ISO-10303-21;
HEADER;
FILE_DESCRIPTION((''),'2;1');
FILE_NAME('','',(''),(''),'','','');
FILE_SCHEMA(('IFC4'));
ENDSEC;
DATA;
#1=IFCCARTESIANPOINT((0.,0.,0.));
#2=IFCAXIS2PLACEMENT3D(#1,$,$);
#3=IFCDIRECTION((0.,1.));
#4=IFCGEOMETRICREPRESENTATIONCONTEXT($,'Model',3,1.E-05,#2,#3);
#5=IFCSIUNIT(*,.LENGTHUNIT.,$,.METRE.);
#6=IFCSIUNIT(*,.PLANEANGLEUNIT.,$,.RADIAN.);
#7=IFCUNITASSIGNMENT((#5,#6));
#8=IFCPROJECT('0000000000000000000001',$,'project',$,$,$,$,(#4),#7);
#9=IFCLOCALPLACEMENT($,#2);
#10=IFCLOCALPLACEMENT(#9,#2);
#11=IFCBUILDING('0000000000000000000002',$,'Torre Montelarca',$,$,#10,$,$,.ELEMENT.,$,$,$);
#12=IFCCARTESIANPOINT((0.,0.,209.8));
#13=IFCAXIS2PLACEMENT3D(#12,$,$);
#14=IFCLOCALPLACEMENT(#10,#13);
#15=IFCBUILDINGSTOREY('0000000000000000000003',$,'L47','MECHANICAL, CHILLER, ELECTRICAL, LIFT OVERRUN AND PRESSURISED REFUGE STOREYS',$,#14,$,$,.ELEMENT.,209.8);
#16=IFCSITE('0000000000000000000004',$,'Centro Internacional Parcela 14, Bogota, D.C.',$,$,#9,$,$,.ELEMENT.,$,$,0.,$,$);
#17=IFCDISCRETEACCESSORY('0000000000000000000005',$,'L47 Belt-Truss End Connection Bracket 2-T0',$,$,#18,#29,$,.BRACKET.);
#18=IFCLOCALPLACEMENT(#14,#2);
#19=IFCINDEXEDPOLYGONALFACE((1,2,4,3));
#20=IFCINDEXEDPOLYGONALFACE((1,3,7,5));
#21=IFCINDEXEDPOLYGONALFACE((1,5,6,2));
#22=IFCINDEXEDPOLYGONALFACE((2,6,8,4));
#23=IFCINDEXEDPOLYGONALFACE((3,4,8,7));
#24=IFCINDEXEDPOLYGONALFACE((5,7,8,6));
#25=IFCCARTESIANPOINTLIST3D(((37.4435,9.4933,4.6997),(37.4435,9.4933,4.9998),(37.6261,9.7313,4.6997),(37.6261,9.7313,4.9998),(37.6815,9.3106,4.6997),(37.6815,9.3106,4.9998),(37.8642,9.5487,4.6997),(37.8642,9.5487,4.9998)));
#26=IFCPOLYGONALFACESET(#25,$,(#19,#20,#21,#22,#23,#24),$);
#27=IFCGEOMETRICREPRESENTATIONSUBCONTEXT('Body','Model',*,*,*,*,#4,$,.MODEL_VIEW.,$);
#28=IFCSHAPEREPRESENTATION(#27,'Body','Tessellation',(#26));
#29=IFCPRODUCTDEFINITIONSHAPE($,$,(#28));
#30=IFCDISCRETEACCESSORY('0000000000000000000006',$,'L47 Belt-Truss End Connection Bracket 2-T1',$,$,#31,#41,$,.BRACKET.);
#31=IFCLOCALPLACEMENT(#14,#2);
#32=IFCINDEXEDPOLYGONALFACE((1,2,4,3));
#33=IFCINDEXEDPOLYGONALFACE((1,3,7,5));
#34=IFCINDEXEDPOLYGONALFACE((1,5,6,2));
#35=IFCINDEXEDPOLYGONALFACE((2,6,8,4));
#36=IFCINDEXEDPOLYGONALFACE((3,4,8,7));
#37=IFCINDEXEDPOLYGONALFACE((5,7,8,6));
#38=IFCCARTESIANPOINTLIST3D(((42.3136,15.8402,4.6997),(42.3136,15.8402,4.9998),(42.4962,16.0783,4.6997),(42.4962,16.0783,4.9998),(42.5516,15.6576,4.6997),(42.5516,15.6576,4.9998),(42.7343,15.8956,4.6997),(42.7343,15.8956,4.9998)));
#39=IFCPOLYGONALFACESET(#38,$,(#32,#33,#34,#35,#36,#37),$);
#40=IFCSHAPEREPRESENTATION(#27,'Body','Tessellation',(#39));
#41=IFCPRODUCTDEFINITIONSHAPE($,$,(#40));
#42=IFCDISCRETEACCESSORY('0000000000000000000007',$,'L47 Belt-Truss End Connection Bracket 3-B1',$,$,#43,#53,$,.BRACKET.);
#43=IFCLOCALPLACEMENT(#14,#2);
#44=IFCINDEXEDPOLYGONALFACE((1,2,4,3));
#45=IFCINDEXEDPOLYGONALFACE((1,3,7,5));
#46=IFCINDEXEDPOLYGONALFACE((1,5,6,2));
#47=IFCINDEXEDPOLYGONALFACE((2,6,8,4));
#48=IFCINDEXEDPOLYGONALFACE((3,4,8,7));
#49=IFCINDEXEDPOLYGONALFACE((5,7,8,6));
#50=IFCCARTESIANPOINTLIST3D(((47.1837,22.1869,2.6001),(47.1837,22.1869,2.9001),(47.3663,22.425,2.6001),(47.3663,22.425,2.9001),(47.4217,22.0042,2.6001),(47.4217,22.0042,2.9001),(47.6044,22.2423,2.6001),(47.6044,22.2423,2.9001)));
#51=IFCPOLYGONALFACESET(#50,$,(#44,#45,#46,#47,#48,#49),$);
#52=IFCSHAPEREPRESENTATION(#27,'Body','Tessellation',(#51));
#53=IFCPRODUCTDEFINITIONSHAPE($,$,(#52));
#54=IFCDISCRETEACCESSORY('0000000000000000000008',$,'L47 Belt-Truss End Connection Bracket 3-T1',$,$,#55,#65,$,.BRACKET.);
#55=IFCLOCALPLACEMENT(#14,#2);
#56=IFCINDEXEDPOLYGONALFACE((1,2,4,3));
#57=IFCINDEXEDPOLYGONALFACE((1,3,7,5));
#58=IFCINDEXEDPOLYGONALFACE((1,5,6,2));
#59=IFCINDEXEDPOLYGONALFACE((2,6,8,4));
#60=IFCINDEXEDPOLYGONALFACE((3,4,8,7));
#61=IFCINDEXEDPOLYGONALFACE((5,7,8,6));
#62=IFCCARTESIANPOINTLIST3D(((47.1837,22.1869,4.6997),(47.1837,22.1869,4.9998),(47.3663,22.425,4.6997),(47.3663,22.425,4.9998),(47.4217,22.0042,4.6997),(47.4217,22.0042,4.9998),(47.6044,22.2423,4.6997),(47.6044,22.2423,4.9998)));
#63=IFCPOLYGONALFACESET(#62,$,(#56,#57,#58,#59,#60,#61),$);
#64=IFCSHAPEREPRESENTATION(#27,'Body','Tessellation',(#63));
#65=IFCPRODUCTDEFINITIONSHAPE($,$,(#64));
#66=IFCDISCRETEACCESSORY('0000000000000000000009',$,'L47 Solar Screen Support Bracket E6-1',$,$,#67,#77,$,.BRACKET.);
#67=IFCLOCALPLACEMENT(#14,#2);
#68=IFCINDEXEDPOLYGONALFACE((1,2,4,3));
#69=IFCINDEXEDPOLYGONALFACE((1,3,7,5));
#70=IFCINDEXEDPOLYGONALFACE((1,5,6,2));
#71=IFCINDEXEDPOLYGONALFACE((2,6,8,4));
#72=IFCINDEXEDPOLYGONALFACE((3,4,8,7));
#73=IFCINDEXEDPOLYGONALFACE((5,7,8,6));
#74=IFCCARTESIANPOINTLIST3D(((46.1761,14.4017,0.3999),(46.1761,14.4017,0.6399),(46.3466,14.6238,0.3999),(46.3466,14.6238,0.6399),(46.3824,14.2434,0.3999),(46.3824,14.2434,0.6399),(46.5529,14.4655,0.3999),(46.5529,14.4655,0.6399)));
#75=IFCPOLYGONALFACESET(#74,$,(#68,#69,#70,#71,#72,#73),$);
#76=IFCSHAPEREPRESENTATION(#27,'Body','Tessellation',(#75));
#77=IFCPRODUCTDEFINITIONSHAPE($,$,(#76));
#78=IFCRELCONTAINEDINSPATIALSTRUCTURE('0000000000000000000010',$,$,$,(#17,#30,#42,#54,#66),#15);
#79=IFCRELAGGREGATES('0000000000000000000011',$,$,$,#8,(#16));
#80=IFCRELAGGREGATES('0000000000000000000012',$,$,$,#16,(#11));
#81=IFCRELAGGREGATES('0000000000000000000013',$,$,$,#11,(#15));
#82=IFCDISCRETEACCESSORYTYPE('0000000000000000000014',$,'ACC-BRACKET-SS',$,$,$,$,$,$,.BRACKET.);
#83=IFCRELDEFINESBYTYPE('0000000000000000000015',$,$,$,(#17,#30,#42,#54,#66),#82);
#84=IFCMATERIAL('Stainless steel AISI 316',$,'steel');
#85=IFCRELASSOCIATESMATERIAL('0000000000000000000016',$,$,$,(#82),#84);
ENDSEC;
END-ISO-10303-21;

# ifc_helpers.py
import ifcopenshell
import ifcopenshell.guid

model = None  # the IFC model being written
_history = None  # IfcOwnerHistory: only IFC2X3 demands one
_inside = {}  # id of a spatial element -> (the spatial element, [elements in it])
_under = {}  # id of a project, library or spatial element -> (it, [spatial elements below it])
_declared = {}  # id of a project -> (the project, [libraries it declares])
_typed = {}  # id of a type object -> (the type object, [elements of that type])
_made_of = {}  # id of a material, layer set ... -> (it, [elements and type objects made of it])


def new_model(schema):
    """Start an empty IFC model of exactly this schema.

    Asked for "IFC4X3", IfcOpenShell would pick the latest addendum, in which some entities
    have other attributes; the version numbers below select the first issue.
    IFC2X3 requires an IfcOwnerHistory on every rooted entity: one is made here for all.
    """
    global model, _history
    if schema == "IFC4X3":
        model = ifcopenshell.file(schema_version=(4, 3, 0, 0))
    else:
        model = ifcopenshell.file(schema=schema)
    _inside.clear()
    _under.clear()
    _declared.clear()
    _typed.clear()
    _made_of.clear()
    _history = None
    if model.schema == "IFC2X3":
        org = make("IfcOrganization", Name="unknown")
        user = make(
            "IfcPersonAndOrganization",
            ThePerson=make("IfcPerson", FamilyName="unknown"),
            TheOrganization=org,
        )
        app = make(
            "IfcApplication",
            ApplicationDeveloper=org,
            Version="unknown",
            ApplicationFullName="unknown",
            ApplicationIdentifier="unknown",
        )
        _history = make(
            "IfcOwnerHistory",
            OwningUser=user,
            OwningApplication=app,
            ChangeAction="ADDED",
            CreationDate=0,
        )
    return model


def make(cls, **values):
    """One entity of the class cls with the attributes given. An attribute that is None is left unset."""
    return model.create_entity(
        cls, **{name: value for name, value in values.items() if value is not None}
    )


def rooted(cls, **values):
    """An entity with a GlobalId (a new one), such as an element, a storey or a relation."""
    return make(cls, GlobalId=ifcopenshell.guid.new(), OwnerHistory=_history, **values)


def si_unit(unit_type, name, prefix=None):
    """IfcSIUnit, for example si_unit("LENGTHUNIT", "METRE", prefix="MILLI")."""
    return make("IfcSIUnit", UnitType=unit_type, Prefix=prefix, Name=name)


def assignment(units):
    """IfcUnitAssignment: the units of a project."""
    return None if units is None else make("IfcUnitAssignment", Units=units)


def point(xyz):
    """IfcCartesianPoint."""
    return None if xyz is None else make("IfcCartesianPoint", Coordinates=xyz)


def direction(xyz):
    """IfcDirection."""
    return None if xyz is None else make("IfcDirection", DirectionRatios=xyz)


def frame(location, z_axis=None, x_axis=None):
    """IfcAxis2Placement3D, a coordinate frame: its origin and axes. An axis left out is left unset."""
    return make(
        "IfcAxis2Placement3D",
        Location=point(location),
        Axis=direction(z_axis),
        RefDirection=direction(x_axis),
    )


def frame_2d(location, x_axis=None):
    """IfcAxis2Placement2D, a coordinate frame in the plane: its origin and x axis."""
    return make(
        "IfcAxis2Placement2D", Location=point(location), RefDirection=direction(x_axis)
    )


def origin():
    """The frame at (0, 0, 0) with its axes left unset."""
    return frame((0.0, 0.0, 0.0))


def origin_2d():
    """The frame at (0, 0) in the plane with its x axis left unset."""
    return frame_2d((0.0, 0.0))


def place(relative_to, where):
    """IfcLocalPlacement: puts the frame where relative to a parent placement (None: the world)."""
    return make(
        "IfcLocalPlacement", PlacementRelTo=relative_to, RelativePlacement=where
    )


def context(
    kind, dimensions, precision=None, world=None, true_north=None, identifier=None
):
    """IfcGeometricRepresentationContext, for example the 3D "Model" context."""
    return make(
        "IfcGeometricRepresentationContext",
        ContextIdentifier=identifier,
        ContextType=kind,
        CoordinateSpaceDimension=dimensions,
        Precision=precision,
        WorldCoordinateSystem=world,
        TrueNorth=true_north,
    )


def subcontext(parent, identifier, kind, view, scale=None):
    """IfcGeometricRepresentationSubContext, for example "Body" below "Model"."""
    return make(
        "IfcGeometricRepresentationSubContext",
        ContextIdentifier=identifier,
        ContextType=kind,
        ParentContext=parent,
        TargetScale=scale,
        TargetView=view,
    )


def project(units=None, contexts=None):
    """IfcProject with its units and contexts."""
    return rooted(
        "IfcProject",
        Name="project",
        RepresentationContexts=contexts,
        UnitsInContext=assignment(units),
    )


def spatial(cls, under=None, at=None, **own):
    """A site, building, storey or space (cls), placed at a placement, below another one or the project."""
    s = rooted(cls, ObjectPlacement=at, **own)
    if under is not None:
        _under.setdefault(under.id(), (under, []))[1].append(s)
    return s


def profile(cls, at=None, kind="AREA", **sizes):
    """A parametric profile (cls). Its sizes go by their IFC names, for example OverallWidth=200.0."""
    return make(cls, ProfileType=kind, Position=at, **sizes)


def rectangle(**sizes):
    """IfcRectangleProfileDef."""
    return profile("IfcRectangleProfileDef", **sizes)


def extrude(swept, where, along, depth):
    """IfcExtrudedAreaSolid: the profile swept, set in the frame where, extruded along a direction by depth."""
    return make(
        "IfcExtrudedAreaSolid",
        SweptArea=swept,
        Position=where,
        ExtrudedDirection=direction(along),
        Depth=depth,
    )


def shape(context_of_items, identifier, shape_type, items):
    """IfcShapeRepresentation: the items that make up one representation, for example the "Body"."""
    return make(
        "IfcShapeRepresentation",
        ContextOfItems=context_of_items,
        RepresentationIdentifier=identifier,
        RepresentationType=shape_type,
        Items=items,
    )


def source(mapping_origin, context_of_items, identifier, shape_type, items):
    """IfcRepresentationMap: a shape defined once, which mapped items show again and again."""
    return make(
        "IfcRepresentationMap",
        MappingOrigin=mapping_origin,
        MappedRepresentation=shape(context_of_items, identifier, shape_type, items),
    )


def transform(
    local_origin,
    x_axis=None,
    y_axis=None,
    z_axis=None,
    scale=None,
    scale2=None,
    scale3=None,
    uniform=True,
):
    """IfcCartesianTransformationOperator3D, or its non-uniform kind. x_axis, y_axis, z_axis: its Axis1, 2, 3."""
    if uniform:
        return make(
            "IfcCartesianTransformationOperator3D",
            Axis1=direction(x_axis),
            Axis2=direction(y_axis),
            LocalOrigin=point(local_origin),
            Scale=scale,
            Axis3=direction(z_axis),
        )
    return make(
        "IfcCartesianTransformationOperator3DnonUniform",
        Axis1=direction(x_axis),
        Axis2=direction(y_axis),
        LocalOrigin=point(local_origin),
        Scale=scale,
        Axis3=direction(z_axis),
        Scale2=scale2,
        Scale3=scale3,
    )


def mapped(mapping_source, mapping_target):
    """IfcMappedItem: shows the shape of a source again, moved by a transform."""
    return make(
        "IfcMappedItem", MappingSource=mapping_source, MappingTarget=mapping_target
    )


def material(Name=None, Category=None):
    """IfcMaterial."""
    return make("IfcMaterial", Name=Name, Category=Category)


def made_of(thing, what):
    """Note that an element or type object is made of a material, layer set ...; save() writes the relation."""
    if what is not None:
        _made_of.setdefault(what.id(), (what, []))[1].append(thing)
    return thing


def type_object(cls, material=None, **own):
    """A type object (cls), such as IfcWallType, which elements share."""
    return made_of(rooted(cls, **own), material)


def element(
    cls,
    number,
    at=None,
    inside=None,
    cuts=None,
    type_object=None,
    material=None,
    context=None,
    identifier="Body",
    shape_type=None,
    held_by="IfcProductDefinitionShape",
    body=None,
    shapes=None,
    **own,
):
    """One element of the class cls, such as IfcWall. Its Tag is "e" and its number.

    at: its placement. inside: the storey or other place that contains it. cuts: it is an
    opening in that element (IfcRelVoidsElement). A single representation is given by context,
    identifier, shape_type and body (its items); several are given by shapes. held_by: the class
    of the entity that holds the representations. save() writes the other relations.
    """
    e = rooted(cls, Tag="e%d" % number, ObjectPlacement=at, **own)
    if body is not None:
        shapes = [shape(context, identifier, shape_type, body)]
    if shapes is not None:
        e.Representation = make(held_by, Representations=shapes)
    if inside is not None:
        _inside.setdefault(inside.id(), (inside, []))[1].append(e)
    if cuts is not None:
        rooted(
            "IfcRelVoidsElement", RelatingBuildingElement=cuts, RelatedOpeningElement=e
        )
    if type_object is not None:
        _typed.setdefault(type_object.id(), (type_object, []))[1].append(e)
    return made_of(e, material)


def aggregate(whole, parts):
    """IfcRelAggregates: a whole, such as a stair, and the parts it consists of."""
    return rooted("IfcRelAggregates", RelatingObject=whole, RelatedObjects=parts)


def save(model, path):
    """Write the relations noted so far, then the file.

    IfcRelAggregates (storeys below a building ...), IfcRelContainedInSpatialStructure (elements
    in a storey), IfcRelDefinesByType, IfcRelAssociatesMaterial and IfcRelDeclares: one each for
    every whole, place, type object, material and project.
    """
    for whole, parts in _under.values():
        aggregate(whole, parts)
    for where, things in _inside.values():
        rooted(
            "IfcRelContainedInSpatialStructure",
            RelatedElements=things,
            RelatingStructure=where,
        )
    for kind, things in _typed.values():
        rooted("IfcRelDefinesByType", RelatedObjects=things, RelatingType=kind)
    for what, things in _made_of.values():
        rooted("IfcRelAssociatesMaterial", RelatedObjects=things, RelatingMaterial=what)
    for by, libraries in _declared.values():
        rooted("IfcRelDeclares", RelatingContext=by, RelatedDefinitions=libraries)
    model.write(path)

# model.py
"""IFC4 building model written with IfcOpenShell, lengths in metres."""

from ifc_helpers import new_model, si_unit, direction, frame, origin, origin_2d, place, context, subcontext, project, spatial, rectangle, extrude, source, transform, mapped, material, type_object, element, save


model = new_model("IFC4")

# Units and contexts
model_context = context("Model", 3, precision=1e-05, world=origin(), true_north=direction((0.0, 1.0)))
body_context = subcontext(model_context, "Body", "Model", "MODEL_VIEW")
ifc_project = project(units=[si_unit("LENGTHUNIT", "METRE"), si_unit("PLANEANGLEUNIT", "RADIAN")], contexts=[model_context])

# Site, building, storey
site_placement = place(None, origin())
site = spatial("IfcSite", under=ifc_project, at=site_placement, Name="Centro Internacional Parcela 14, Bogota, D.C.", CompositionType="ELEMENT", RefElevation=0.0)
building_placement = place(site_placement, origin())
building = spatial("IfcBuilding", under=site, at=building_placement, Name="Torre Montelarca", CompositionType="ELEMENT")
storey_placement = place(building_placement, frame((0.0, 0.0, 209.8)))
storey = spatial("IfcBuildingStorey", under=building, at=storey_placement, Name="L47", Description="MECHANICAL, CHILLER, ELECTRICAL, LIFT OVERRUN AND PRESSURISED REFUGE STOREYS", CompositionType="ELEMENT", Elevation=209.8)

# Discrete accessories
ifc_material_1 = material(Name="Stainless steel AISI 316", Category="steel")
discrete_accessory_type = type_object("IfcDiscreteAccessoryType", Name="ACC-BRACKET-SS", PredefinedType="BRACKET", material=ifc_material_1)
shared_shape_1 = source(origin(), body_context, "Body", "SweptSolid", [
    extrude(rectangle(XDim=0.3, YDim=0.3, at=origin_2d()), origin(), (0.0, 0.0, 1.0), 0.3),
])
for number, where, z_axis, x_axis, name in (
    (1, (37.6538, 9.521, 4.6997), (0.0, 0.0, 1.0), (0.608761, 0.793353, 0.0), "L47 Belt-Truss End Connection Bracket 2-T0"),
    (2, (42.5239, 15.8679, 4.6997), (0.0, 0.0, 1.0), (0.608761, 0.793353, 0.0), "L47 Belt-Truss End Connection Bracket 2-T1"),
    (3, (47.394, 22.2146, 2.6001), (0.0, 0.0, 1.0), (0.608761, 0.793353, 0.0), "L47 Belt-Truss End Connection Bracket 3-B1"),
    (4, (47.394, 22.2146, 4.6997), (0.0, 0.0, 1.0), (0.608761, 0.793353, 0.0), "L47 Belt-Truss End Connection Bracket 3-T1"),
):
    element("IfcDiscreteAccessory", number, at=place(storey_placement, frame(where, z_axis=z_axis, x_axis=x_axis)), inside=storey, type_object=discrete_accessory_type, Name=name, PredefinedType="BRACKET", context=body_context, shape_type="MappedRepresentation", body=[
        mapped(shared_shape_1, transform((0.0, 0.0, 0.0), scale=1.0)),
    ])
shared_shape_2 = source(origin(), body_context, "Body", "SweptSolid", [
    extrude(rectangle(XDim=0.28, YDim=0.26, at=origin_2d()), origin(), (0.0, 0.0, 1.0), 0.24),
])
discrete_accessory_placement = place(storey_placement, frame((46.3645, 14.4336, 0.3999), z_axis=(0.0, 0.0, 1.0), x_axis=(0.608763, 0.793352, 0.0)))
element("IfcDiscreteAccessory", 5, at=discrete_accessory_placement, inside=storey, type_object=discrete_accessory_type, Name="L47 Solar Screen Support Bracket E6-1", PredefinedType="BRACKET", context=body_context, shape_type="MappedRepresentation", body=[
    mapped(shared_shape_2, transform((0.0, 0.0, 0.0), scale=1.0)),
])

save(model, "model.ifc")
